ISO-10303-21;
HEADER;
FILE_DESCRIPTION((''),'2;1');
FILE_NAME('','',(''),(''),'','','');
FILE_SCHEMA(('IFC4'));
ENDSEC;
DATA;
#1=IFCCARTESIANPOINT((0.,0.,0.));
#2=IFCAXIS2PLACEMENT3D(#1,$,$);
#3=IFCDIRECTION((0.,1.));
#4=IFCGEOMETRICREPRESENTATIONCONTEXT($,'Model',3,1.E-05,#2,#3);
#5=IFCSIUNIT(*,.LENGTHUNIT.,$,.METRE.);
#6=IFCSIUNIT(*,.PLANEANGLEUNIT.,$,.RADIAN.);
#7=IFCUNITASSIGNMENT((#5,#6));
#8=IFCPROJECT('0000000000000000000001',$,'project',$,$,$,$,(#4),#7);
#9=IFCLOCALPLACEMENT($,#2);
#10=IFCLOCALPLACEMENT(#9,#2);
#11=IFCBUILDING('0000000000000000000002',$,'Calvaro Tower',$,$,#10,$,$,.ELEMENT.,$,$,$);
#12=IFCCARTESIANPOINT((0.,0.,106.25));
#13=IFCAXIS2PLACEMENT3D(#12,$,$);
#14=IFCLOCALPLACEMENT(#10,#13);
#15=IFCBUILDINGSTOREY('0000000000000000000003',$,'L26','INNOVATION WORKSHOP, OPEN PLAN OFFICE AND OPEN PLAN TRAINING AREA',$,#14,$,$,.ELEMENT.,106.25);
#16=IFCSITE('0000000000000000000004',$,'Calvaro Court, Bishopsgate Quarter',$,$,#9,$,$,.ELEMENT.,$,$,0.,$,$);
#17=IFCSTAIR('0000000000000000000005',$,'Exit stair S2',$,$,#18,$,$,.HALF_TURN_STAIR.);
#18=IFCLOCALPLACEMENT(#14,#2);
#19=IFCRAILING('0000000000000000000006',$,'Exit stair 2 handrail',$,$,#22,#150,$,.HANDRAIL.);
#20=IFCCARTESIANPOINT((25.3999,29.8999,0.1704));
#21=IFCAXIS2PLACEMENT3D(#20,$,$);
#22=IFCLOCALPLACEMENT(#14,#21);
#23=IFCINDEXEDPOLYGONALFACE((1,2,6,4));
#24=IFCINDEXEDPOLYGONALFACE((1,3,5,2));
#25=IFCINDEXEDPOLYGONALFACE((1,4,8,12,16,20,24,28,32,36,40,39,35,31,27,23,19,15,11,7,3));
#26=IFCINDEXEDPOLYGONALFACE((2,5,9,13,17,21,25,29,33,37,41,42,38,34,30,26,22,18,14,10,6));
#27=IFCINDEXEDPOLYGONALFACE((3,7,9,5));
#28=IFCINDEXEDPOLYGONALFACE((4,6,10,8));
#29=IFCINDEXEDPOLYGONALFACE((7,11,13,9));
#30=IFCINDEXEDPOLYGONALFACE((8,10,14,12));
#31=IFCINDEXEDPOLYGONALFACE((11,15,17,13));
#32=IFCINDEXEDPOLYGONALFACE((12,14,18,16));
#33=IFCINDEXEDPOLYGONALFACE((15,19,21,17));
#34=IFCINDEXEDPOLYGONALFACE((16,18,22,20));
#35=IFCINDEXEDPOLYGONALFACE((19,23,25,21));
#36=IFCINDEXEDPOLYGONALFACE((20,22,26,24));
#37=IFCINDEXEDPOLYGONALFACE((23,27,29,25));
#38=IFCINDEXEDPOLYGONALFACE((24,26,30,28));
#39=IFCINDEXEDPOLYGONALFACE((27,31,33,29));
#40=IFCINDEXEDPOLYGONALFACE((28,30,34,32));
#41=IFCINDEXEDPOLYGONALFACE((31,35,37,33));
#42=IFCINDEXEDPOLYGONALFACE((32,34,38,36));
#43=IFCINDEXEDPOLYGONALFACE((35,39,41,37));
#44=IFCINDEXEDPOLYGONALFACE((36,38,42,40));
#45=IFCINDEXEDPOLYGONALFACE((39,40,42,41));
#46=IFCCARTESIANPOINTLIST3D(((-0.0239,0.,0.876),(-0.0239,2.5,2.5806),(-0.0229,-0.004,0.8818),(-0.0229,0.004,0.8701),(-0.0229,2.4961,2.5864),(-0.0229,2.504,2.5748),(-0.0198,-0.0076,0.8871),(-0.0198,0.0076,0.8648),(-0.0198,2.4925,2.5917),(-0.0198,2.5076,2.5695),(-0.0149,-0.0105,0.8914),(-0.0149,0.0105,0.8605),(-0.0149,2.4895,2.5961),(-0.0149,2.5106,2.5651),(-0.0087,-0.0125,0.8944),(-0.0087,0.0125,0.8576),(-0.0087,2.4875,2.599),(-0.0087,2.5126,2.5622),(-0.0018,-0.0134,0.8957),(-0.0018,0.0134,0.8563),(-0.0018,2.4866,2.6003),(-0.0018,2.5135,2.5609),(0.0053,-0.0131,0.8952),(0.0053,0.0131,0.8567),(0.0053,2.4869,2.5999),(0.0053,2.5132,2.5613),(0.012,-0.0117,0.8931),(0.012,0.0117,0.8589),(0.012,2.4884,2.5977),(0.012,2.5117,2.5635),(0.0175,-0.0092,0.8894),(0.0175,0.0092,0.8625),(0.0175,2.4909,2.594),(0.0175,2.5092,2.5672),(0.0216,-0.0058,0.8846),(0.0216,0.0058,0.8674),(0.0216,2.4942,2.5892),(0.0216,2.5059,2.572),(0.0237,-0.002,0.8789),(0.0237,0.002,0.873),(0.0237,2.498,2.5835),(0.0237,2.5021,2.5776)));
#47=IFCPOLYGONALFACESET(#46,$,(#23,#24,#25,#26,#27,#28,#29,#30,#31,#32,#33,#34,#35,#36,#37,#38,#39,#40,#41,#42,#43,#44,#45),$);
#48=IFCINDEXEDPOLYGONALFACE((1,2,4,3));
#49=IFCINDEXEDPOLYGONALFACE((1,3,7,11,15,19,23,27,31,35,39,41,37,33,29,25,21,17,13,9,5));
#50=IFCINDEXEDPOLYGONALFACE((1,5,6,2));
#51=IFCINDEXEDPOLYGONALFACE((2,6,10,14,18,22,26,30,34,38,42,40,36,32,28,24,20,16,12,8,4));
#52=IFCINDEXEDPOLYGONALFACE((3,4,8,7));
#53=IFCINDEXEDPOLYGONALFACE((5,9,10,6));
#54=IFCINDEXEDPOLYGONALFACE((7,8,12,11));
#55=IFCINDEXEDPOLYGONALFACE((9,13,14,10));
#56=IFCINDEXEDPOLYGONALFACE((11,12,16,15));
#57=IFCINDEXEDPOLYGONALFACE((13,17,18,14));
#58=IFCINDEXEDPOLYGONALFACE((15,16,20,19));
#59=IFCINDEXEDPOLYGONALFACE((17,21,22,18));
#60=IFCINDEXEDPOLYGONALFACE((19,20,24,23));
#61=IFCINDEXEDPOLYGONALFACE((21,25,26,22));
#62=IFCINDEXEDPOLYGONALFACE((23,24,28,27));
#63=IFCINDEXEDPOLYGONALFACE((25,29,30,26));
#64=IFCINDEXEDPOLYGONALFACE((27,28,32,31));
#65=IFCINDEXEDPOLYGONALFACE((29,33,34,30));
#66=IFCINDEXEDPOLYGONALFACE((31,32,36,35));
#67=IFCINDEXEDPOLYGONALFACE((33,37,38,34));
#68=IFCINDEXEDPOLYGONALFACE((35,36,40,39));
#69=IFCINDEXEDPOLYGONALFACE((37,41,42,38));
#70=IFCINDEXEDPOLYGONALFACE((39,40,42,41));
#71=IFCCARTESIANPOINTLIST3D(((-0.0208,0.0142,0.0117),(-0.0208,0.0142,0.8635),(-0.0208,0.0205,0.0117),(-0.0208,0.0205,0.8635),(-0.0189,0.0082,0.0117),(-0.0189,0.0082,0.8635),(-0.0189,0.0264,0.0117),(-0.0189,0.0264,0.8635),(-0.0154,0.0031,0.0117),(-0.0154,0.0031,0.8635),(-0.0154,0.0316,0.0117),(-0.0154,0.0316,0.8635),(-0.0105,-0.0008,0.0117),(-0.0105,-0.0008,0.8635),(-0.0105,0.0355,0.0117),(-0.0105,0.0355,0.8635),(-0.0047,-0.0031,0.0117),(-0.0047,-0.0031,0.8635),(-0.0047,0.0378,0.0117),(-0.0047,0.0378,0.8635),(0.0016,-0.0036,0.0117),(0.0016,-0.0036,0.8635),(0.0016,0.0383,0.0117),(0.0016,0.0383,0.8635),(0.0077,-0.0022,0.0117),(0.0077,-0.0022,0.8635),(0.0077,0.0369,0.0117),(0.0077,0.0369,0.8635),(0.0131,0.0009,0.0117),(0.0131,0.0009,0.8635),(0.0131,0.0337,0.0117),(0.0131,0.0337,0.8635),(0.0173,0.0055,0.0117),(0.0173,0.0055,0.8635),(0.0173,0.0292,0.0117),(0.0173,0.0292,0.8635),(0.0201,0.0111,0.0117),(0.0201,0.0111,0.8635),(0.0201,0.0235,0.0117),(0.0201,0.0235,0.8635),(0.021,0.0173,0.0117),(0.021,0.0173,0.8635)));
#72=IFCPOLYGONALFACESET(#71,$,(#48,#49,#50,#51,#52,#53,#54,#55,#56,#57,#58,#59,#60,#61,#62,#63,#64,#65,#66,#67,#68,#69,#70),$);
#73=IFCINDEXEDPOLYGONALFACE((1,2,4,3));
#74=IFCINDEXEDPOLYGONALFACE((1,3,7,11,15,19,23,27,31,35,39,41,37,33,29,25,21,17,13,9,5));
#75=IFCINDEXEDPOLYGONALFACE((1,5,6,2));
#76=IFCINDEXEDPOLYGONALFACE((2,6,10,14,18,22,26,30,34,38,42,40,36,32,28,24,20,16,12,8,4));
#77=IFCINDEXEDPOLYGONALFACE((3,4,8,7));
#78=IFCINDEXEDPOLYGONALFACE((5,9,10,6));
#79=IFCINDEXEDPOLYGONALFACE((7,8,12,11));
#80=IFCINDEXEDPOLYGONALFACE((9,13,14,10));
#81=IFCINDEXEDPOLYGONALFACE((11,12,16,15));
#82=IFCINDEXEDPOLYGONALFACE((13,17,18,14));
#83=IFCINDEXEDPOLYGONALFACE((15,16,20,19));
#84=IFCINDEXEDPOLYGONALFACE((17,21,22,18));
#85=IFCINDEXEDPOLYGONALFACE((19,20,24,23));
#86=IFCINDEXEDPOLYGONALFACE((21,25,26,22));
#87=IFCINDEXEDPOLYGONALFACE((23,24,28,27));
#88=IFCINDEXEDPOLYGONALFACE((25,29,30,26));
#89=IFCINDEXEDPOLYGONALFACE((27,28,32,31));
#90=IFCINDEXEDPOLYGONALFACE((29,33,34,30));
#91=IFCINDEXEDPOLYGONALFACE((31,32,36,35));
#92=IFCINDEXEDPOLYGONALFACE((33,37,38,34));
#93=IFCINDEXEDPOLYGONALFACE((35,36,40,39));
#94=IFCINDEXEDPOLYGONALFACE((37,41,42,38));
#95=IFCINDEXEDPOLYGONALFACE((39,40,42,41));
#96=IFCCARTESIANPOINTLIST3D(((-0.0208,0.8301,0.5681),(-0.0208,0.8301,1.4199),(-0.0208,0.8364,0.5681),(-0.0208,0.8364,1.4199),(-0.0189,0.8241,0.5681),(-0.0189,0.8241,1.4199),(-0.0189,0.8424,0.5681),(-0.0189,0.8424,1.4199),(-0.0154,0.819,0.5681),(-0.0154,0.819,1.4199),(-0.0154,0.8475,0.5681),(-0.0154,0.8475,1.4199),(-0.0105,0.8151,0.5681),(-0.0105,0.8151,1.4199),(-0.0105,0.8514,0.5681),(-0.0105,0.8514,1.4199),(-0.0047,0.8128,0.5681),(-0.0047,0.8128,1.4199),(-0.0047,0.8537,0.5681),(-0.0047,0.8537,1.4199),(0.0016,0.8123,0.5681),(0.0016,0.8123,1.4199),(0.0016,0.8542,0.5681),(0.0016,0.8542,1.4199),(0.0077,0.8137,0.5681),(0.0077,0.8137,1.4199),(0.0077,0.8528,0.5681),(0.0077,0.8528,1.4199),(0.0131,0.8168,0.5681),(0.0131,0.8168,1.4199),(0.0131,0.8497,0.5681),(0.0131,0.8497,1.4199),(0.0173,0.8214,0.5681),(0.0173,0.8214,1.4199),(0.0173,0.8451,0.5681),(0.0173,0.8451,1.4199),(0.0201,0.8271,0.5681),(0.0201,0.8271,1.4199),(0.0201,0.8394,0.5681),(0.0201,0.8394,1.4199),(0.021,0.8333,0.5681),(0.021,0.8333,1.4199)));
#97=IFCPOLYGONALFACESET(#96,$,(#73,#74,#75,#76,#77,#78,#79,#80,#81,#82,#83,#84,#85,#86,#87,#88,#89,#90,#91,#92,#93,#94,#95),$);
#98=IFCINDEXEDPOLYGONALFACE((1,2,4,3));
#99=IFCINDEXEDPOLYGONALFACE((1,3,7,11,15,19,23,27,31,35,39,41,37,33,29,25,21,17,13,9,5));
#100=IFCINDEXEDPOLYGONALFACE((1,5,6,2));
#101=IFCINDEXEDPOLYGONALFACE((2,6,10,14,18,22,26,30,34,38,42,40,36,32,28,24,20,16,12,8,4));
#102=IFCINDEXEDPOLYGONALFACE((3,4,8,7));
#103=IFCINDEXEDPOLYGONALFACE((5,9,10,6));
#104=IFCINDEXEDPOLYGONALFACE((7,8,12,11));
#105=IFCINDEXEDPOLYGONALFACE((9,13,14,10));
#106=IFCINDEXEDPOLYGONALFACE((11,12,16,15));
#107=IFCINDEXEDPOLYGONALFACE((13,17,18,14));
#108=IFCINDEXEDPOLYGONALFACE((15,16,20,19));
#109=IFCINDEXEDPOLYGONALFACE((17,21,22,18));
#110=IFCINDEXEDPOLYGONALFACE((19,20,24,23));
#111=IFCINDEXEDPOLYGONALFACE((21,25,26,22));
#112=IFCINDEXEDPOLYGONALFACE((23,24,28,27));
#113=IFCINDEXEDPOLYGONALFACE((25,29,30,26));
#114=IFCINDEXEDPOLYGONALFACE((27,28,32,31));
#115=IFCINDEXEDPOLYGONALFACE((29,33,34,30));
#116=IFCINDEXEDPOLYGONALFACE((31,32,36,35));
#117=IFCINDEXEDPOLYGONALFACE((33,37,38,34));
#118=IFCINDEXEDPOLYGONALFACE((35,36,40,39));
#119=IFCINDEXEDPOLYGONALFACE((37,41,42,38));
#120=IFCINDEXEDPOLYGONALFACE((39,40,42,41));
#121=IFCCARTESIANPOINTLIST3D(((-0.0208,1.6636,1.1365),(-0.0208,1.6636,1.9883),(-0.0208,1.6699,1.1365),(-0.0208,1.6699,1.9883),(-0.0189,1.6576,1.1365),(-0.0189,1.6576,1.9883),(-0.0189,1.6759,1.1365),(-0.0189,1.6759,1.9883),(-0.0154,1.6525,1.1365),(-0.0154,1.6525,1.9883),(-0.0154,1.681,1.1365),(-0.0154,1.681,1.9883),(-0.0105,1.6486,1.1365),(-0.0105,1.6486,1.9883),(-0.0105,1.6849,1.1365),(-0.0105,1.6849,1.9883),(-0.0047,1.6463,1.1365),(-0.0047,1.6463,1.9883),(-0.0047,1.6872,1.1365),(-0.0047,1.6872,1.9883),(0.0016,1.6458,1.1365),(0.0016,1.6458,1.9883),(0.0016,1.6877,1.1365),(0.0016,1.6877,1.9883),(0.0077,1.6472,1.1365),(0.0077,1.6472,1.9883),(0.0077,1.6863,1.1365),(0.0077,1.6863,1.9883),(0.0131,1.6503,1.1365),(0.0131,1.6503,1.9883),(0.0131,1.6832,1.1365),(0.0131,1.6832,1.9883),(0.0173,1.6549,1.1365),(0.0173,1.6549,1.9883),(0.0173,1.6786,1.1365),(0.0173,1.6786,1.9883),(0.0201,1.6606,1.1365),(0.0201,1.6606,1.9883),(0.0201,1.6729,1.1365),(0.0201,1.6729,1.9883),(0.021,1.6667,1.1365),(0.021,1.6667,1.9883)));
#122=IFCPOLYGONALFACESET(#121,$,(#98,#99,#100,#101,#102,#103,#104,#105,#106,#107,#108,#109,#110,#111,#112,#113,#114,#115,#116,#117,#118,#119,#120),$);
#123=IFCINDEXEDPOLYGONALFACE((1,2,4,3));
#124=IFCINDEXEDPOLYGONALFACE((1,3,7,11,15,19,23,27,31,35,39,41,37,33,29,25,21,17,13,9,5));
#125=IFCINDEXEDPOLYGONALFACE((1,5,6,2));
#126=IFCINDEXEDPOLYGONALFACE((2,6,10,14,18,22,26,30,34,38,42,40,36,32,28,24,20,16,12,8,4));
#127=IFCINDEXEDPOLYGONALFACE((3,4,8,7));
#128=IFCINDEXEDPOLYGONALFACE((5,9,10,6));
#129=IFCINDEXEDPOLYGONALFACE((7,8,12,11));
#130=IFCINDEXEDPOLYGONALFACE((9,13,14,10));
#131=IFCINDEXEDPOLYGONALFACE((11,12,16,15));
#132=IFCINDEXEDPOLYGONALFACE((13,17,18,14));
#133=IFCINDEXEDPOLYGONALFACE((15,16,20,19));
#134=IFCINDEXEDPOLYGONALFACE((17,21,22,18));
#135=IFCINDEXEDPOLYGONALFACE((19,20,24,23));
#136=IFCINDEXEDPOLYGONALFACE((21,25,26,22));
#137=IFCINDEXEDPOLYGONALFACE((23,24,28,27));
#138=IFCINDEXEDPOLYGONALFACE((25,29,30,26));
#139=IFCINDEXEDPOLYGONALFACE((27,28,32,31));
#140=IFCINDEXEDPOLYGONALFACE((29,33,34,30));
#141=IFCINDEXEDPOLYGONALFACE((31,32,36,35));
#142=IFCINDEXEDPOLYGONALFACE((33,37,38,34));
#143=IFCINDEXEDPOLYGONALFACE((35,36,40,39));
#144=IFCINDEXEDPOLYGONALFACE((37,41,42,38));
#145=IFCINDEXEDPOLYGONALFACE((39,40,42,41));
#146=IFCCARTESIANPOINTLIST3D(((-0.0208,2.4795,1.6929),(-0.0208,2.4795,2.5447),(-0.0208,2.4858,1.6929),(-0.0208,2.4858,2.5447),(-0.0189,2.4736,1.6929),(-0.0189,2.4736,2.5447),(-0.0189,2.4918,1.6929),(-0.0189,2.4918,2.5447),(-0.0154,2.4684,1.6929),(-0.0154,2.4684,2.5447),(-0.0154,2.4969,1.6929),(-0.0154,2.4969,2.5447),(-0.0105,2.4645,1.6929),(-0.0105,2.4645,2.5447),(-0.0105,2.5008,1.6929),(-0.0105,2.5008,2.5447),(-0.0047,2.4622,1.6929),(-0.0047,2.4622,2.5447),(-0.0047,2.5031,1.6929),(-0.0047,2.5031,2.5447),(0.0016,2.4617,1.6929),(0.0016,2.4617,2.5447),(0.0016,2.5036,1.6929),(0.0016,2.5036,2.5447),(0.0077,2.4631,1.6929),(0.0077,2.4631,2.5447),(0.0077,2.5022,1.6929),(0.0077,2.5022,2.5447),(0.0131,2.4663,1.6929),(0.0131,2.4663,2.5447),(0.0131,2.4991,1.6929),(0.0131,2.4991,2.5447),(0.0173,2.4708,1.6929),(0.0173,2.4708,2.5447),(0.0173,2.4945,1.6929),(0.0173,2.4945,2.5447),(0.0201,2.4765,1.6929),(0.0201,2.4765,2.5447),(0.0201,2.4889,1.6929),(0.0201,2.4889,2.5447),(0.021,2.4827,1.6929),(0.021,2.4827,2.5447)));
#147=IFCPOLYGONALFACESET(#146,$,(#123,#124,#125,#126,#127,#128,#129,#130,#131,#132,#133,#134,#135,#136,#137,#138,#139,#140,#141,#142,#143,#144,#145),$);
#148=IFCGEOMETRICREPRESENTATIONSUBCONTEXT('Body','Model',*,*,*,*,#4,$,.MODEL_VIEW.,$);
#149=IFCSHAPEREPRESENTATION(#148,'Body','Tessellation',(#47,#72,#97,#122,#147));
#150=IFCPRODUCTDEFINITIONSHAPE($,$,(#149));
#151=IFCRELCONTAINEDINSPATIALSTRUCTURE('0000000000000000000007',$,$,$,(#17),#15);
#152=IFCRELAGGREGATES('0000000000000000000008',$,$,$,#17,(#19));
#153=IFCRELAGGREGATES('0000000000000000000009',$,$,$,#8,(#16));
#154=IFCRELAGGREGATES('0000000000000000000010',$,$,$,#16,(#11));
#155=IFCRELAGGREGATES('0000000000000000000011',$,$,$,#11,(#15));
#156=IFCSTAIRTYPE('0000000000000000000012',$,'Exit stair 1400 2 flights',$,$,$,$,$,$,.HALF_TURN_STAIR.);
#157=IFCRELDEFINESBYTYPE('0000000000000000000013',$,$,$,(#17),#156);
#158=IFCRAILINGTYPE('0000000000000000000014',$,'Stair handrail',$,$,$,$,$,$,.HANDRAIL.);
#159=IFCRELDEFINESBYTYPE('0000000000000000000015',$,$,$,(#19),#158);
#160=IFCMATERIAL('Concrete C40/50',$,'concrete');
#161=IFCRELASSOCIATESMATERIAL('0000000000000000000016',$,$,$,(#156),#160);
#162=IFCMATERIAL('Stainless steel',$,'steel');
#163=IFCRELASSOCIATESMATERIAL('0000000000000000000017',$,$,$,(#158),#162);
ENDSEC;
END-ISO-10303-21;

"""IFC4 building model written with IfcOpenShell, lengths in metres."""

from ifc_helpers import new_model, si_unit, direction, frame, origin, origin_2d, place, context, subcontext, project, spatial, circle, extrude, material, type_object, element, aggregate, save


model = new_model("IFC4")

# Units and contexts
model_context = context("Model", 3, precision=1e-05, world=origin(), true_north=direction((0.0, 1.0)))
body_context = subcontext(model_context, "Body", "Model", "MODEL_VIEW")
ifc_project = project(units=[si_unit("LENGTHUNIT", "METRE"), si_unit("PLANEANGLEUNIT", "RADIAN")], contexts=[model_context])

# Site, building, storey
site_placement = place(None, origin())
site = spatial("IfcSite", under=ifc_project, at=site_placement, Name="Calvaro Court, Bishopsgate Quarter", CompositionType="ELEMENT", RefElevation=0.0)
building_placement = place(site_placement, origin())
building = spatial("IfcBuilding", under=site, at=building_placement, Name="Calvaro Tower", CompositionType="ELEMENT")
storey_placement = place(building_placement, frame((0.0, 0.0, 106.25)))
storey = spatial("IfcBuildingStorey", under=building, at=storey_placement, Name="L26", Description="INNOVATION WORKSHOP, OPEN PLAN OFFICE AND OPEN PLAN TRAINING AREA", CompositionType="ELEMENT", Elevation=106.25)

# Stair
ifc_material_1 = material(Name="Concrete C40/50", Category="concrete")
stair_type = type_object("IfcStairType", Name="Exit stair 1400 2 flights", PredefinedType="HALF_TURN_STAIR", material=ifc_material_1)
stair_1_placement = place(storey_placement, origin())
stair_1 = element("IfcStair", 1, at=stair_1_placement, inside=storey, type_object=stair_type, Name="Exit stair S2", PredefinedType="HALF_TURN_STAIR")

# Shared definitions
ifc_material_2 = material(Name="Stainless steel", Category="steel")
railing_type = type_object("IfcRailingType", Name="Stair handrail", PredefinedType="HANDRAIL", material=ifc_material_2)

# Railing
railing_1_placement = place(storey_placement, frame((25.3999, 29.8999, 0.1704)))
railing_1 = element("IfcRailing", 2, at=railing_1_placement, type_object=railing_type, Name="Exit stair 2 handrail", PredefinedType="HANDRAIL", context=body_context, shape_type="SweptSolid", body=[
    extrude(circle(Radius=0.0239, at=origin_2d()), frame((0.0, 0.0, 0.876), z_axis=(0.0, 0.826221, 0.563347), x_axis=(-1.0, 0.0, 0.0)), (0.0, 0.0, 1.0), 3.0259),
    extrude(circle(Radius=0.021, at=origin_2d()), frame((0.0, 0.0173, 0.0117)), (0.0, 0.0, 1.0), 0.8518),
    extrude(circle(Radius=0.021, at=origin_2d()), frame((0.0, 0.8333, 0.5681)), (0.0, 0.0, 1.0), 0.8518),
    extrude(circle(Radius=0.021, at=origin_2d()), frame((0.0, 1.6667, 1.1365)), (0.0, 0.0, 1.0), 0.8518),
    extrude(circle(Radius=0.021, at=origin_2d()), frame((0.0, 2.4827, 1.6929)), (0.0, 0.0, 1.0), 0.8518),
])
aggregate(stair_1, [railing_1])

save(model, "model.ifc")
